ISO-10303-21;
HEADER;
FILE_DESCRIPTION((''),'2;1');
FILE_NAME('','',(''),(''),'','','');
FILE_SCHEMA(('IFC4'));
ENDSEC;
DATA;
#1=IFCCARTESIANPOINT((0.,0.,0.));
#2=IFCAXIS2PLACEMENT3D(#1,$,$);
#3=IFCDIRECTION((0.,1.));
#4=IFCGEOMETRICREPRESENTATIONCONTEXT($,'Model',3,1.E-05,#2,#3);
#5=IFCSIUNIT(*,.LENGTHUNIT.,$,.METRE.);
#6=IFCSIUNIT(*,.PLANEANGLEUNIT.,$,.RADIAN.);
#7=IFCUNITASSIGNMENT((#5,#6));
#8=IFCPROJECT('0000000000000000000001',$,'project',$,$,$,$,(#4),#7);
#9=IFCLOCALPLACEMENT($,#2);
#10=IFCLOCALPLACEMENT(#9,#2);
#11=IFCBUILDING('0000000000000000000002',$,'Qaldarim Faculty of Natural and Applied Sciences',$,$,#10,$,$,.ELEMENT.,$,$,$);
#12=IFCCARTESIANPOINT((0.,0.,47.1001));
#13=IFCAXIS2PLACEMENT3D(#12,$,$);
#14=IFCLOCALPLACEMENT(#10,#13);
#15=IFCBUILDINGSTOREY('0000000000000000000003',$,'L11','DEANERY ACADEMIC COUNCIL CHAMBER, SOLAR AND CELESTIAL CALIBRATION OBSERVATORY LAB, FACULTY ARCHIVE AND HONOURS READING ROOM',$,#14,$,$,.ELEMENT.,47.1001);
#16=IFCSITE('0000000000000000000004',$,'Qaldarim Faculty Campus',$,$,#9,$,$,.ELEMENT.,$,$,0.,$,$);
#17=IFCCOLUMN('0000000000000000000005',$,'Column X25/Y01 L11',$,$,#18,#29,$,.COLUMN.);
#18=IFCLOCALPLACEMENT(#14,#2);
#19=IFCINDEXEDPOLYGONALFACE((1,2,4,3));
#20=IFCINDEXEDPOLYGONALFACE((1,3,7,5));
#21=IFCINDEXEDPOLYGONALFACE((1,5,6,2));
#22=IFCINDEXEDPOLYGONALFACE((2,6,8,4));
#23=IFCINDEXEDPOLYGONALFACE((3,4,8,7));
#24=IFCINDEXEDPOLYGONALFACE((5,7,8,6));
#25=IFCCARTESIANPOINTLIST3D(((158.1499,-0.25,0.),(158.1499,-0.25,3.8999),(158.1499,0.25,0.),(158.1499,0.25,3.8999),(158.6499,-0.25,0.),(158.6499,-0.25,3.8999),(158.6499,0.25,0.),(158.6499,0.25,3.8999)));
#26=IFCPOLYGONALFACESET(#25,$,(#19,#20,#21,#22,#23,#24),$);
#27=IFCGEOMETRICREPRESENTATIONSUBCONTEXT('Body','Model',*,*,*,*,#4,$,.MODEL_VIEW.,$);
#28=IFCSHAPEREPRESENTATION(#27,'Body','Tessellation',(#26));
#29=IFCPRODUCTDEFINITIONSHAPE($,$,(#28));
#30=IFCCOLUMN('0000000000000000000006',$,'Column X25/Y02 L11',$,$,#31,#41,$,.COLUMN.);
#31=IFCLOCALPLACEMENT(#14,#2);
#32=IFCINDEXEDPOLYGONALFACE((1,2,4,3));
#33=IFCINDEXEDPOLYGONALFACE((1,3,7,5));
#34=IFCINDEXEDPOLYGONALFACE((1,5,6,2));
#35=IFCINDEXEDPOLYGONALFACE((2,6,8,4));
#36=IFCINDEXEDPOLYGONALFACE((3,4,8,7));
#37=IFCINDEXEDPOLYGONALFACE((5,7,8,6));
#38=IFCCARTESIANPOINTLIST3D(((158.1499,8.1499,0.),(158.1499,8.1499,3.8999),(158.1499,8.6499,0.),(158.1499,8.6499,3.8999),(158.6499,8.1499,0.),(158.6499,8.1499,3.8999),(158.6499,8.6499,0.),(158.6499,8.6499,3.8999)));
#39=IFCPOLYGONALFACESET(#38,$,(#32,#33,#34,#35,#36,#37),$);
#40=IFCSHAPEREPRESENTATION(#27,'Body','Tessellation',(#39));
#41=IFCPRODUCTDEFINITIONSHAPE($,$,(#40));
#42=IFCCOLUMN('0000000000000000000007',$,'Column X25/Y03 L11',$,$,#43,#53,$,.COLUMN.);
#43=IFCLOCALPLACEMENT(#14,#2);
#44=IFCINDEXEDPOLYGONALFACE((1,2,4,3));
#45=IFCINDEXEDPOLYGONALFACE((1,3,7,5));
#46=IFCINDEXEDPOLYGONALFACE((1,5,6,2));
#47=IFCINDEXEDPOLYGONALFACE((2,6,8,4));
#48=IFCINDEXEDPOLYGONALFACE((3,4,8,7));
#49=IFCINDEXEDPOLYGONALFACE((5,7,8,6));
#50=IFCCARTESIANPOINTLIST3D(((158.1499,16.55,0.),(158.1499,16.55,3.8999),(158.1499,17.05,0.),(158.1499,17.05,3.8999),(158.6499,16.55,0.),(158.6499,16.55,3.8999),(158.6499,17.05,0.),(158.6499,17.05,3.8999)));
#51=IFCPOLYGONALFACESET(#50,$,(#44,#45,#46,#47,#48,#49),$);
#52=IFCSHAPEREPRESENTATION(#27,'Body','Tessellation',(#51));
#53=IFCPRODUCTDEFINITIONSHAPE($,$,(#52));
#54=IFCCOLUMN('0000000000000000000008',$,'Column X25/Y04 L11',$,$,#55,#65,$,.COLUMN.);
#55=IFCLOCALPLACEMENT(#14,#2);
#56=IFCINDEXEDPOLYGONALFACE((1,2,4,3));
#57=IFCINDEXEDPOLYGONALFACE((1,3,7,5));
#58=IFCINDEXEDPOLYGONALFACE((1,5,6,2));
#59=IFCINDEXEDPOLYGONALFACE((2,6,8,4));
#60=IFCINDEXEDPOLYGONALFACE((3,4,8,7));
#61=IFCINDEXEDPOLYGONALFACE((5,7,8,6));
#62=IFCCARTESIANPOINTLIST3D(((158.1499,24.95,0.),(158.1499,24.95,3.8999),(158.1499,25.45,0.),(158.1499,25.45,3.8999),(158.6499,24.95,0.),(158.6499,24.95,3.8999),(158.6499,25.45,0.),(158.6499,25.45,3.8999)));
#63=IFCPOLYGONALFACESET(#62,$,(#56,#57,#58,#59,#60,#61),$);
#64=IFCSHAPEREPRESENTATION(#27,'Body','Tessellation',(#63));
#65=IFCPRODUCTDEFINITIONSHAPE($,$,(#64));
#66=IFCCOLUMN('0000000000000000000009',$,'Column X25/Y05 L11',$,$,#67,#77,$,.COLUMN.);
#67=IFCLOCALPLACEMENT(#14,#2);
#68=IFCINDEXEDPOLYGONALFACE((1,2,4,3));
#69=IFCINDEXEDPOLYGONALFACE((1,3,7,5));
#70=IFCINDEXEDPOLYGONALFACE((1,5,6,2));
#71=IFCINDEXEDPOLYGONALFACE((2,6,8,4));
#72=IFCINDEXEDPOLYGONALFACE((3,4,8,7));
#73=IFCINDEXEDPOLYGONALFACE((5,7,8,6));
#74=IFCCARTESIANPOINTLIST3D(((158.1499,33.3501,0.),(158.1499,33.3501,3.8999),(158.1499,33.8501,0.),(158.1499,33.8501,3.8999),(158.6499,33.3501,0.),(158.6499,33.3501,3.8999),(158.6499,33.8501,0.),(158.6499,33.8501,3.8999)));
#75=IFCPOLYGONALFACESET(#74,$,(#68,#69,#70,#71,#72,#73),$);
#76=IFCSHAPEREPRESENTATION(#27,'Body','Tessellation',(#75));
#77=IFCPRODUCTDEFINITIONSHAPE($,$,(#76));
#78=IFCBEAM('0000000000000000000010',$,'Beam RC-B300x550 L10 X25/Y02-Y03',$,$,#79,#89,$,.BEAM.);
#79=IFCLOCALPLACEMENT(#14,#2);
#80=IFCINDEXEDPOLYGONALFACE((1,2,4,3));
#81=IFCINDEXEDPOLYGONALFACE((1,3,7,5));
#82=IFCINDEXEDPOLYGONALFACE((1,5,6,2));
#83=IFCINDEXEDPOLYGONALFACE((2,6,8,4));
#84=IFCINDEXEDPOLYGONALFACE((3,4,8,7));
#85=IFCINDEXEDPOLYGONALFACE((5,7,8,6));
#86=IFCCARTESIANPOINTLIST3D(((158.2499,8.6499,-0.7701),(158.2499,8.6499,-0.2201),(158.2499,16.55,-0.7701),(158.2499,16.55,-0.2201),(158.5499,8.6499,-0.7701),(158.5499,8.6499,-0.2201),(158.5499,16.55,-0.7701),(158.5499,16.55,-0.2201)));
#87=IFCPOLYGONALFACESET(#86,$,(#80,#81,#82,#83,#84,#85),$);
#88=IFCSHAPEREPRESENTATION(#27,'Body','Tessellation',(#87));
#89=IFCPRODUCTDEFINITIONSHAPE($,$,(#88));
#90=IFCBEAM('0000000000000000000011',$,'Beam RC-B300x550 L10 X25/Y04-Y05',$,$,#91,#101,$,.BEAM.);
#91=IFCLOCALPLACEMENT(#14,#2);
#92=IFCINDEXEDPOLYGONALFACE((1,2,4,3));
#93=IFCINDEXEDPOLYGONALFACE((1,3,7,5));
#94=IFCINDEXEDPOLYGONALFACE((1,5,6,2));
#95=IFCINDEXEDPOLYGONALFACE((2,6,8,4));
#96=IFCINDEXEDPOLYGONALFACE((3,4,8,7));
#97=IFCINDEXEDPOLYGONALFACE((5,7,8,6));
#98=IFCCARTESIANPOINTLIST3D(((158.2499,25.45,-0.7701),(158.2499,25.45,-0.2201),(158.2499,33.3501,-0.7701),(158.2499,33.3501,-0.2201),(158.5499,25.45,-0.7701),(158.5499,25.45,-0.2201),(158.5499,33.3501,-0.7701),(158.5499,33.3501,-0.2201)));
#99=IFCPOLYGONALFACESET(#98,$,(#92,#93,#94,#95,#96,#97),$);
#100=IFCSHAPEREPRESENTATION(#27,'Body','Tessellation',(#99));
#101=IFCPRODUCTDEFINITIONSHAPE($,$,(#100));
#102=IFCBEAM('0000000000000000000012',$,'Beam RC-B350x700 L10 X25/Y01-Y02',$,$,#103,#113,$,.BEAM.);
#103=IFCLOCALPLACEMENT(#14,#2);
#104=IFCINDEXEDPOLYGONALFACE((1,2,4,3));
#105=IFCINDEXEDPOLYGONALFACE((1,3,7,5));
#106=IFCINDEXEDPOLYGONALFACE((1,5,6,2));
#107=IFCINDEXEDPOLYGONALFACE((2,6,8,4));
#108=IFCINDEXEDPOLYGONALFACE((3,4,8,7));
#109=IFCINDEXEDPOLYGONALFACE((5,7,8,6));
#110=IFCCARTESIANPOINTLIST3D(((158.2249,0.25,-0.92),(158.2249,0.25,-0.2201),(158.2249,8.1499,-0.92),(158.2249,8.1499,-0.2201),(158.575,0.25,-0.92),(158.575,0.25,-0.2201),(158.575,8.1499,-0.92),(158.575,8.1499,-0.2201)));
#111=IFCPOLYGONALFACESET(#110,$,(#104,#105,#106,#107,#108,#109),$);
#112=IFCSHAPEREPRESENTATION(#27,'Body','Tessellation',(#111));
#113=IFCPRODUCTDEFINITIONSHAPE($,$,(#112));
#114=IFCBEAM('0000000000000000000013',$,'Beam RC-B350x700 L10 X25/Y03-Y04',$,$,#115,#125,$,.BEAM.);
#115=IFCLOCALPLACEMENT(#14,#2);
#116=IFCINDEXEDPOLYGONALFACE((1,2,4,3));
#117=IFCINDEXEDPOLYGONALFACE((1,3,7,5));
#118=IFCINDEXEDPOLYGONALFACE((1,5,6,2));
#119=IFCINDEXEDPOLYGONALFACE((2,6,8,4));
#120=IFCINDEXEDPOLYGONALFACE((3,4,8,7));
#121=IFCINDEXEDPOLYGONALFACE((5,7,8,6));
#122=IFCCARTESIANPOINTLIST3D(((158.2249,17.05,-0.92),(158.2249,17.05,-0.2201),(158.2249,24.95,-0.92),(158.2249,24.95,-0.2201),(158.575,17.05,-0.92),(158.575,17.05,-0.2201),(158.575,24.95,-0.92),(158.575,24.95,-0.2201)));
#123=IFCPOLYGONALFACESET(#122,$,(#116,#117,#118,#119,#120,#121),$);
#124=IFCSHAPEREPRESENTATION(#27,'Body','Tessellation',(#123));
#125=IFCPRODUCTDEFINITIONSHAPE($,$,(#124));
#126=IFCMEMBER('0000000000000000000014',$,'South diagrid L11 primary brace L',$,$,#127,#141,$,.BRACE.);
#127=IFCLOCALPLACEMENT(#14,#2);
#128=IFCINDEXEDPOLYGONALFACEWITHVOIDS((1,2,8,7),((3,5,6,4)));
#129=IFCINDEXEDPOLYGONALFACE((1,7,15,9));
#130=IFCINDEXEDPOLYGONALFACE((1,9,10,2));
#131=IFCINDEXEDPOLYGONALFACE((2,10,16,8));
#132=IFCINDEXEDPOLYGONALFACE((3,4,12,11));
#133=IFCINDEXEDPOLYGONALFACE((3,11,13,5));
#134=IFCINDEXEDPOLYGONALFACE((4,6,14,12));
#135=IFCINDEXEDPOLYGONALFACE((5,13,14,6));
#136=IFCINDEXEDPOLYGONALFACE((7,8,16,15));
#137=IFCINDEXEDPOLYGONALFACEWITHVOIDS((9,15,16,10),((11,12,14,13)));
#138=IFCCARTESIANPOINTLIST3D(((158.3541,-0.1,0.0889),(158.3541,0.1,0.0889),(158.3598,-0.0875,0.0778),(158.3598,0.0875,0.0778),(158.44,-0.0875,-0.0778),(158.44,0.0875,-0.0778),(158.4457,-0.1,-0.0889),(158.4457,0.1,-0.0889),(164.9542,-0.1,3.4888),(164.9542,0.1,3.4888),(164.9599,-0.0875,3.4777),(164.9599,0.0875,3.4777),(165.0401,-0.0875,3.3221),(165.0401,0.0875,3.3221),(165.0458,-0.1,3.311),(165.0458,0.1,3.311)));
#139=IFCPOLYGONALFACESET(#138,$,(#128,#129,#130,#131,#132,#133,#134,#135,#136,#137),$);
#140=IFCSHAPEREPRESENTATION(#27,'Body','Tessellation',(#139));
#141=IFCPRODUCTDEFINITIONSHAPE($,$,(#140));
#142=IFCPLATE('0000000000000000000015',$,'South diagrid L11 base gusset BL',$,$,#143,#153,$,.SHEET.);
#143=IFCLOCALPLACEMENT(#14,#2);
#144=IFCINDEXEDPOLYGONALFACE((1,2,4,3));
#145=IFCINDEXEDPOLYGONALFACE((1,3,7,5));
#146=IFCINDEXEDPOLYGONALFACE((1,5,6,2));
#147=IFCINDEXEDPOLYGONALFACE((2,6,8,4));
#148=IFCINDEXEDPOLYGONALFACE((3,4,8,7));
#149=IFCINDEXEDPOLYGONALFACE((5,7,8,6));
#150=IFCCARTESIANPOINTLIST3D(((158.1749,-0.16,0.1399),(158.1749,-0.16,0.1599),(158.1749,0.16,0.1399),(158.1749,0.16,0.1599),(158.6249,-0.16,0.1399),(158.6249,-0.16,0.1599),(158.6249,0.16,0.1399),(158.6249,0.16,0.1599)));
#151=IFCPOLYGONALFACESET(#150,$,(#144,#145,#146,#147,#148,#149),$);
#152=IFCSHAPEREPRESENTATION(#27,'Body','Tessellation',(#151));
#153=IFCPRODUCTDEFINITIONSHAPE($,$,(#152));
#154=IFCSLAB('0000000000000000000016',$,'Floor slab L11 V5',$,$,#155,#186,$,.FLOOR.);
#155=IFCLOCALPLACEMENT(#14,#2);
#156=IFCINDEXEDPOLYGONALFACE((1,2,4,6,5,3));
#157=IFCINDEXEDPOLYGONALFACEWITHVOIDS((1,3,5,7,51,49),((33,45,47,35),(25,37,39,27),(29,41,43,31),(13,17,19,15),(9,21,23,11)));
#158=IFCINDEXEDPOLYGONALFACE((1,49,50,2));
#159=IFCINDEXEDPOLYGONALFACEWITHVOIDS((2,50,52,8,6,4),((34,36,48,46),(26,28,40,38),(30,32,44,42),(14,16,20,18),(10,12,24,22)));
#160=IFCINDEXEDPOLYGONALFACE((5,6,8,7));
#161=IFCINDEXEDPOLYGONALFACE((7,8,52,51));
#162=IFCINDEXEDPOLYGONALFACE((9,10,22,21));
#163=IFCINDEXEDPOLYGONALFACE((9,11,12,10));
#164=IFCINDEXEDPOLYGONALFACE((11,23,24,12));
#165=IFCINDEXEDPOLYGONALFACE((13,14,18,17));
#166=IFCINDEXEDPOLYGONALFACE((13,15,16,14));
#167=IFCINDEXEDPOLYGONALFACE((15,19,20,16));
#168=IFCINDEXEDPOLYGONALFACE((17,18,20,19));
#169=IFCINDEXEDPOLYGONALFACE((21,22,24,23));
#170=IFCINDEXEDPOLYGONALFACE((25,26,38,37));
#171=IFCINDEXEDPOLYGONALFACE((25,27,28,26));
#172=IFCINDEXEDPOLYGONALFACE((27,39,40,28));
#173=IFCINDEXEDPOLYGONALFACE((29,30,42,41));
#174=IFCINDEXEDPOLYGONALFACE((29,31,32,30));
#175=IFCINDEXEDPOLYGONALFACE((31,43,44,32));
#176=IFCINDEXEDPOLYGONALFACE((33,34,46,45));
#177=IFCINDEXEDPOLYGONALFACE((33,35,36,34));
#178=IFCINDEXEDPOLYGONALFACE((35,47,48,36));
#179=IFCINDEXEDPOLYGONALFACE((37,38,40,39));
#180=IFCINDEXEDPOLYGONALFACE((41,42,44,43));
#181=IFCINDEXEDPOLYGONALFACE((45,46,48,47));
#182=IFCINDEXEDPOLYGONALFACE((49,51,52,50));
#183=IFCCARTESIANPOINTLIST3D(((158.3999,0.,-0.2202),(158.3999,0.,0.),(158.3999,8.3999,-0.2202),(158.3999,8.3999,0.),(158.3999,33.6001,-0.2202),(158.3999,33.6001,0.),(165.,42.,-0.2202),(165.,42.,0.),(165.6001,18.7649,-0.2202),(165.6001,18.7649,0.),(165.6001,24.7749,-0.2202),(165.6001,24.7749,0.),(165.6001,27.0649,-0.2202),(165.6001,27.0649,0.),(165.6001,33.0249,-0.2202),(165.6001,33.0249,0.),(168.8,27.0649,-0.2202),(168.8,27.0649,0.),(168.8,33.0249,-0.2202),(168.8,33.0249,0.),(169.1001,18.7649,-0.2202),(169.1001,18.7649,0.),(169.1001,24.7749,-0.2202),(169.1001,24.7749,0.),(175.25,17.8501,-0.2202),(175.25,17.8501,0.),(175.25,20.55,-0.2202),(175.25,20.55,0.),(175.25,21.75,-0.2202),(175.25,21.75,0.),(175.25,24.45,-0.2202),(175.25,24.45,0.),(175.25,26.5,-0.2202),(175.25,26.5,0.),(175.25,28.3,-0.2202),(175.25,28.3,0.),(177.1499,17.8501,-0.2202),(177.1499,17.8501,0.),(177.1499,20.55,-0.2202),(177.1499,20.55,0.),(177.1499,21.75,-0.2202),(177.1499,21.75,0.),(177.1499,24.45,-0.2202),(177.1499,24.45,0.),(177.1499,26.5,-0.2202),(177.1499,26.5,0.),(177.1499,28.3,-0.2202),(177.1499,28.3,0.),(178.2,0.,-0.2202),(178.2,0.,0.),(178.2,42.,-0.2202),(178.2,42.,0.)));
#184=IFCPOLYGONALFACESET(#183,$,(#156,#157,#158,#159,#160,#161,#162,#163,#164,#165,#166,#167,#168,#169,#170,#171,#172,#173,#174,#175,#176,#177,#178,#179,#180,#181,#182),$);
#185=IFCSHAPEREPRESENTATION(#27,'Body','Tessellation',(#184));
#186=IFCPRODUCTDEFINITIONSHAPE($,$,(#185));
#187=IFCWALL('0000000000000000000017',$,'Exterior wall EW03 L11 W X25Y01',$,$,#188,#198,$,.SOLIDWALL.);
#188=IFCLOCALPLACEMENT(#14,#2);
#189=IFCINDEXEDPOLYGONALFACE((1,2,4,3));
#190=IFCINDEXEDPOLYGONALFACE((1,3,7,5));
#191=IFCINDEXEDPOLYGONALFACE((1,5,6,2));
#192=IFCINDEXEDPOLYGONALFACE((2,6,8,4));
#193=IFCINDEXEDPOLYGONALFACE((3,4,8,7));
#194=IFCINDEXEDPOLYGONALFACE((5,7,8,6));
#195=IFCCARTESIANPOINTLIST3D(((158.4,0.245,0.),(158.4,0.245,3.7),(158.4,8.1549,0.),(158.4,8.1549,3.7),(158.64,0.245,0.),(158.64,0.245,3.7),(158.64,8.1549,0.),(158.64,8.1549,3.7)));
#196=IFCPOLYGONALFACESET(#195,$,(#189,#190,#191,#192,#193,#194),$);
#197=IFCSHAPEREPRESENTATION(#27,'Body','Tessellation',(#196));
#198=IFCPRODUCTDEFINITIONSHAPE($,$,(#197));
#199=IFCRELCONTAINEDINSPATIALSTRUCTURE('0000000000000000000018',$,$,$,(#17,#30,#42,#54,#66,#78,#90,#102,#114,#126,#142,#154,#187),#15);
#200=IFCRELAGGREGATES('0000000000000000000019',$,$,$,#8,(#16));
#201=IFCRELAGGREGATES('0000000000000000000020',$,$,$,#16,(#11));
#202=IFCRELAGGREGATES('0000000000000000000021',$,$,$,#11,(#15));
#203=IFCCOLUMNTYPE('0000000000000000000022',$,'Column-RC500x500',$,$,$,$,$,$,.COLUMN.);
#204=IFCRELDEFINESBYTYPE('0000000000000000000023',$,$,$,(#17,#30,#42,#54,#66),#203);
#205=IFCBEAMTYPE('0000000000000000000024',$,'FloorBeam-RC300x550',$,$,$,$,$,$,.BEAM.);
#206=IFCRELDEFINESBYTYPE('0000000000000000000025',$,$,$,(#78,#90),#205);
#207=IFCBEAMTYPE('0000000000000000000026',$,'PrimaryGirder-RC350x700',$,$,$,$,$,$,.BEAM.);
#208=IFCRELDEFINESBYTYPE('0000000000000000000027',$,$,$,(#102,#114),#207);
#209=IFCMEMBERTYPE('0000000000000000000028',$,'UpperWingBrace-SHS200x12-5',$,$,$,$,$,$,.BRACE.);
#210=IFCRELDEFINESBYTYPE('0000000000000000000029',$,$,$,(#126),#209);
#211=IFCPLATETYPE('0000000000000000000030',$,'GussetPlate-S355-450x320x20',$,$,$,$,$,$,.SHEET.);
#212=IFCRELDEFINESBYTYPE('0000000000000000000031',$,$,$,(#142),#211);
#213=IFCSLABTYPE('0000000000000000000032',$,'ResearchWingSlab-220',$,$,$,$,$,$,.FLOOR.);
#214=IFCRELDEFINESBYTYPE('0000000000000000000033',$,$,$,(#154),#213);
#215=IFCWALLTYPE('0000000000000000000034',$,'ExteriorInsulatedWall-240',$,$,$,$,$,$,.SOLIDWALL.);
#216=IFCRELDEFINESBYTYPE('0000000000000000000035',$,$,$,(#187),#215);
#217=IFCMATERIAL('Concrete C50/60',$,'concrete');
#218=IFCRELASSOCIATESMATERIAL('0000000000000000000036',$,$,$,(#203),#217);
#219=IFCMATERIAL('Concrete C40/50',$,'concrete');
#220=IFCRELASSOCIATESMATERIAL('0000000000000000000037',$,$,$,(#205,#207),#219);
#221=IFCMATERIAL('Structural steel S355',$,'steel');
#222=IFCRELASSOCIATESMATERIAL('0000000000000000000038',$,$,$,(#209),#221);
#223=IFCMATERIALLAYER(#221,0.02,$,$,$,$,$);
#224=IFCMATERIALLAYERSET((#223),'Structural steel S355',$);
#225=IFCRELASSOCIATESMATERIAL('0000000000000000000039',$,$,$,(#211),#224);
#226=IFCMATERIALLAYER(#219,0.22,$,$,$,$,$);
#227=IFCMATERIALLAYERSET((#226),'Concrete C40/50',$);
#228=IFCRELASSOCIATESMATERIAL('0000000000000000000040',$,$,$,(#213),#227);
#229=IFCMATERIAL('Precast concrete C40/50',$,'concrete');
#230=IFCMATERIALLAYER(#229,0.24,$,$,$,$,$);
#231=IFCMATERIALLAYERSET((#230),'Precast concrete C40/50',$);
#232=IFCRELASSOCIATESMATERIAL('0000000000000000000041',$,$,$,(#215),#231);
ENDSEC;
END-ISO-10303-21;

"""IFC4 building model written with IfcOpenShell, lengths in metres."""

from ifc_helpers import new_model, si_unit, direction, frame, frame_2d, origin, origin_2d, place, context, subcontext, project, spatial, polyline, rectangle, hollow_rectangle, outline, extrude, material, layer, layer_set, material_profile, profile_set, type_object, element, save


model = new_model("IFC4")

# Units and contexts
model_context = context("Model", 3, precision=1e-05, world=origin(), true_north=direction((0.0, 1.0)))
body_context = subcontext(model_context, "Body", "Model", "MODEL_VIEW")
ifc_project = project(units=[si_unit("LENGTHUNIT", "METRE"), si_unit("PLANEANGLEUNIT", "RADIAN")], contexts=[model_context])

# Site, building, storey
site_placement = place(None, origin())
site = spatial("IfcSite", under=ifc_project, at=site_placement, Name="Qaldarim Faculty Campus", CompositionType="ELEMENT", RefElevation=0.0)
building_placement = place(site_placement, origin())
building = spatial("IfcBuilding", under=site, at=building_placement, Name="Qaldarim Faculty of Natural and Applied Sciences", CompositionType="ELEMENT")
storey_placement = place(building_placement, frame((0.0, 0.0, 47.1001)))
storey = spatial("IfcBuildingStorey", under=building, at=storey_placement, Name="L11", Description="DEANERY ACADEMIC COUNCIL CHAMBER, SOLAR AND CELESTIAL CALIBRATION OBSERVATORY LAB, FACULTY ARCHIVE AND HONOURS READING ROOM", CompositionType="ELEMENT", Elevation=47.1001)

# Columns
ifc_material_1 = material(Name="Concrete C50/60", Category="concrete")
ifc_material_profile_1 = material_profile(ifc_material_1, rectangle(XDim=0.5, YDim=0.5, at=origin_2d()), Name="RC-C500x500")
ifc_profile_set_1 = profile_set([ifc_material_profile_1], Name="Concrete C50/60")
column_type = type_object("IfcColumnType", Name="Column-RC500x500", PredefinedType="COLUMN", material=ifc_profile_set_1)
for number, where, z_axis, x_axis, name in (
    (1, (158.3999, 0.0, 0.0), (0.0, 0.0, 1.0), (1.0, 0.0, 0.0), "Column X25/Y01 L11"),
    (2, (158.3999, 8.3999, 0.0), (0.0, 0.0, 1.0), (1.0, 0.0, 0.0), "Column X25/Y02 L11"),
    (3, (158.3999, 16.8, 0.0), (0.0, 0.0, 1.0), (1.0, 0.0, 0.0), "Column X25/Y03 L11"),
    (4, (158.3999, 25.2, 0.0), (0.0, 0.0, 1.0), (1.0, 0.0, 0.0), "Column X25/Y04 L11"),
    (5, (158.3999, 33.6001, 0.0), (0.0, 0.0, 1.0), (1.0, 0.0, 0.0), "Column X25/Y05 L11"),
):
    element("IfcColumn", number, at=place(storey_placement, frame(where, z_axis=z_axis, x_axis=x_axis)), inside=storey, type_object=column_type, Name=name, PredefinedType="COLUMN", context=body_context, shape_type="SweptSolid", body=[
        extrude(rectangle(XDim=0.5, YDim=0.5, at=origin_2d()), origin(), (0.0, 0.0, 1.0), 3.8999),
    ])

# Beams
ifc_material_2 = material(Name="Concrete C40/50", Category="concrete")
ifc_material_profile_2 = material_profile(ifc_material_2, rectangle(XDim=0.3, YDim=0.55, at=origin_2d()), Name="RC-B300x550")
ifc_profile_set_2 = profile_set([ifc_material_profile_2], Name="Concrete C40/50")
beam_type_1 = type_object("IfcBeamType", Name="FloorBeam-RC300x550", PredefinedType="BEAM", material=ifc_profile_set_2)
for number, where, z_axis, x_axis, name in (
    (6, (158.3999, 8.6499, -0.4951), (0.0, 1.0, 0.0), (-1.0, 0.0, 0.0), "Beam RC-B300x550 L10 X25/Y02-Y03"),
    (7, (158.3999, 25.45, -0.4951), (0.0, 1.0, 0.0), (-1.0, 0.0, 0.0), "Beam RC-B300x550 L10 X25/Y04-Y05"),
):
    element("IfcBeam", number, at=place(storey_placement, frame(where, z_axis=z_axis, x_axis=x_axis)), inside=storey, type_object=beam_type_1, Name=name, PredefinedType="BEAM", context=body_context, shape_type="SweptSolid", body=[
        extrude(rectangle(XDim=0.3, YDim=0.55, at=origin_2d()), origin(), (0.0, 0.0, 1.0), 7.9001),
    ])
ifc_material_profile_3 = material_profile(ifc_material_2, rectangle(XDim=0.3501, YDim=0.7, at=origin_2d()), Name="RC-B350x700")
ifc_profile_set_3 = profile_set([ifc_material_profile_3], Name="Concrete C40/50")
beam_type_2 = type_object("IfcBeamType", Name="PrimaryGirder-RC350x700", PredefinedType="BEAM", material=ifc_profile_set_3)
for number, where, z_axis, x_axis, name in (
    (8, (158.3999, 0.25, -0.5701), (0.0, 1.0, 0.0), (-1.0, 0.0, 0.0), "Beam RC-B350x700 L10 X25/Y01-Y02"),
    (9, (158.3999, 17.05, -0.5701), (0.0, 1.0, 0.0), (-1.0, 0.0, 0.0), "Beam RC-B350x700 L10 X25/Y03-Y04"),
):
    element("IfcBeam", number, at=place(storey_placement, frame(where, z_axis=z_axis, x_axis=x_axis)), inside=storey, type_object=beam_type_2, Name=name, PredefinedType="BEAM", context=body_context, shape_type="SweptSolid", body=[
        extrude(rectangle(XDim=0.3501, YDim=0.7, at=origin_2d()), origin(), (0.0, 0.0, 1.0), 7.8999),
    ])

# Member
ifc_material_3 = material(Name="Structural steel S355", Category="steel")
ifc_material_profile_4 = material_profile(ifc_material_3, hollow_rectangle(XDim=0.2, YDim=0.2, WallThickness=0.0125, at=origin_2d()), Name="SHS 200x200x12.5")
ifc_profile_set_4 = profile_set([ifc_material_profile_4], Name="Structural steel S355")
member_type = type_object("IfcMemberType", Name="UpperWingBrace-SHS200x12-5", PredefinedType="BRACE", material=ifc_profile_set_4)
member_placement = place(storey_placement, frame((158.3999, 0.0, 0.0), z_axis=(0.888983, 0.0, 0.457941), x_axis=(0.0, 1.0, 0.0)))
element("IfcMember", 10, at=member_placement, inside=storey, type_object=member_type, Name="South diagrid L11 primary brace L", PredefinedType="BRACE", context=body_context, shape_type="SweptSolid", body=[
    extrude(hollow_rectangle(XDim=0.2, YDim=0.2, WallThickness=0.0125, at=origin_2d()), origin(), (0.0, 0.0, 1.0), 7.4243),
])

# Plate
ifc_layer_1 = layer(ifc_material_3, 0.02)
ifc_layer_set_1 = layer_set([ifc_layer_1], Name="Structural steel S355")
plate_type = type_object("IfcPlateType", Name="GussetPlate-S355-450x320x20", PredefinedType="SHEET", material=ifc_layer_set_1)
plate_placement = place(storey_placement, frame((158.3999, 0.0, 0.1399), z_axis=(0.0, 0.0, 1.0), x_axis=(1.0, 0.0, 0.0)))
element("IfcPlate", 11, at=plate_placement, inside=storey, type_object=plate_type, Name="South diagrid L11 base gusset BL", PredefinedType="SHEET", context=body_context, shape_type="SweptSolid", body=[
    extrude(rectangle(XDim=0.45, YDim=0.3201, at=origin_2d()), origin(), (0.0, 0.0, 1.0), 0.02),
])

# Slab
ifc_layer_2 = layer(ifc_material_2, 0.22)
ifc_layer_set_2 = layer_set([ifc_layer_2], Name="Concrete C40/50")
slab_type = type_object("IfcSlabType", Name="ResearchWingSlab-220", PredefinedType="FLOOR", material=ifc_layer_set_2)
slab_placement = place(storey_placement, frame((0.0, 0.0, -0.2202)))
element("IfcSlab", 12, at=slab_placement, inside=storey, type_object=slab_type, Name="Floor slab L11 V5", PredefinedType="FLOOR", context=body_context, shape_type="SweptSolid", body=[
    extrude(outline(polyline([(158.3999, 0.0), (178.2, 0.0), (178.2, 42.0), (165.0, 42.0), (158.3999, 33.6001), (158.3999, 8.3999), (158.3999, 0.0)]), holes=[polyline([(169.1001, 18.7649), (169.1001, 24.7749), (165.6001, 24.7749), (165.6001, 18.7649), (169.1001, 18.7649)]), polyline([(168.8, 27.0649), (168.8, 33.0249), (165.6001, 33.0249), (165.6001, 27.0649), (168.8, 27.0649)]), polyline([(175.25, 17.8501), (177.1499, 17.8501), (177.1499, 20.55), (175.25, 20.55), (175.25, 17.8501)]), polyline([(175.25, 21.75), (177.1499, 21.75), (177.1499, 24.45), (175.25, 24.45), (175.25, 21.75)]), polyline([(175.25, 26.5), (177.1499, 26.5), (177.1499, 28.3), (175.25, 28.3), (175.25, 26.5)])]), origin(), (0.0, 0.0, 1.0), 0.2202),
])

# Wall
ifc_material_4 = material(Name="Precast concrete C40/50", Category="concrete")
ifc_layer_3 = layer(ifc_material_4, 0.24)
ifc_layer_set_3 = layer_set([ifc_layer_3], Name="Precast concrete C40/50")
wall_type = type_object("IfcWallType", Name="ExteriorInsulatedWall-240", PredefinedType="SOLIDWALL", material=ifc_layer_set_3)
wall_1_placement = place(storey_placement, frame((158.52, 8.155, 0.0), z_axis=(0.0, 0.0, 1.0), x_axis=(0.0, -1.0, 0.0)))
element("IfcWall", 13, at=wall_1_placement, inside=storey, type_object=wall_type, Name="Exterior wall EW03 L11 W X25Y01", PredefinedType="SOLIDWALL", context=body_context, shape_type="SweptSolid", body=[
    extrude(rectangle(XDim=7.9099, YDim=0.24, at=frame_2d((3.9551, 0.0))), origin(), (0.0, 0.0, 1.0), 3.7),
])

save(model, "model.ifc")
